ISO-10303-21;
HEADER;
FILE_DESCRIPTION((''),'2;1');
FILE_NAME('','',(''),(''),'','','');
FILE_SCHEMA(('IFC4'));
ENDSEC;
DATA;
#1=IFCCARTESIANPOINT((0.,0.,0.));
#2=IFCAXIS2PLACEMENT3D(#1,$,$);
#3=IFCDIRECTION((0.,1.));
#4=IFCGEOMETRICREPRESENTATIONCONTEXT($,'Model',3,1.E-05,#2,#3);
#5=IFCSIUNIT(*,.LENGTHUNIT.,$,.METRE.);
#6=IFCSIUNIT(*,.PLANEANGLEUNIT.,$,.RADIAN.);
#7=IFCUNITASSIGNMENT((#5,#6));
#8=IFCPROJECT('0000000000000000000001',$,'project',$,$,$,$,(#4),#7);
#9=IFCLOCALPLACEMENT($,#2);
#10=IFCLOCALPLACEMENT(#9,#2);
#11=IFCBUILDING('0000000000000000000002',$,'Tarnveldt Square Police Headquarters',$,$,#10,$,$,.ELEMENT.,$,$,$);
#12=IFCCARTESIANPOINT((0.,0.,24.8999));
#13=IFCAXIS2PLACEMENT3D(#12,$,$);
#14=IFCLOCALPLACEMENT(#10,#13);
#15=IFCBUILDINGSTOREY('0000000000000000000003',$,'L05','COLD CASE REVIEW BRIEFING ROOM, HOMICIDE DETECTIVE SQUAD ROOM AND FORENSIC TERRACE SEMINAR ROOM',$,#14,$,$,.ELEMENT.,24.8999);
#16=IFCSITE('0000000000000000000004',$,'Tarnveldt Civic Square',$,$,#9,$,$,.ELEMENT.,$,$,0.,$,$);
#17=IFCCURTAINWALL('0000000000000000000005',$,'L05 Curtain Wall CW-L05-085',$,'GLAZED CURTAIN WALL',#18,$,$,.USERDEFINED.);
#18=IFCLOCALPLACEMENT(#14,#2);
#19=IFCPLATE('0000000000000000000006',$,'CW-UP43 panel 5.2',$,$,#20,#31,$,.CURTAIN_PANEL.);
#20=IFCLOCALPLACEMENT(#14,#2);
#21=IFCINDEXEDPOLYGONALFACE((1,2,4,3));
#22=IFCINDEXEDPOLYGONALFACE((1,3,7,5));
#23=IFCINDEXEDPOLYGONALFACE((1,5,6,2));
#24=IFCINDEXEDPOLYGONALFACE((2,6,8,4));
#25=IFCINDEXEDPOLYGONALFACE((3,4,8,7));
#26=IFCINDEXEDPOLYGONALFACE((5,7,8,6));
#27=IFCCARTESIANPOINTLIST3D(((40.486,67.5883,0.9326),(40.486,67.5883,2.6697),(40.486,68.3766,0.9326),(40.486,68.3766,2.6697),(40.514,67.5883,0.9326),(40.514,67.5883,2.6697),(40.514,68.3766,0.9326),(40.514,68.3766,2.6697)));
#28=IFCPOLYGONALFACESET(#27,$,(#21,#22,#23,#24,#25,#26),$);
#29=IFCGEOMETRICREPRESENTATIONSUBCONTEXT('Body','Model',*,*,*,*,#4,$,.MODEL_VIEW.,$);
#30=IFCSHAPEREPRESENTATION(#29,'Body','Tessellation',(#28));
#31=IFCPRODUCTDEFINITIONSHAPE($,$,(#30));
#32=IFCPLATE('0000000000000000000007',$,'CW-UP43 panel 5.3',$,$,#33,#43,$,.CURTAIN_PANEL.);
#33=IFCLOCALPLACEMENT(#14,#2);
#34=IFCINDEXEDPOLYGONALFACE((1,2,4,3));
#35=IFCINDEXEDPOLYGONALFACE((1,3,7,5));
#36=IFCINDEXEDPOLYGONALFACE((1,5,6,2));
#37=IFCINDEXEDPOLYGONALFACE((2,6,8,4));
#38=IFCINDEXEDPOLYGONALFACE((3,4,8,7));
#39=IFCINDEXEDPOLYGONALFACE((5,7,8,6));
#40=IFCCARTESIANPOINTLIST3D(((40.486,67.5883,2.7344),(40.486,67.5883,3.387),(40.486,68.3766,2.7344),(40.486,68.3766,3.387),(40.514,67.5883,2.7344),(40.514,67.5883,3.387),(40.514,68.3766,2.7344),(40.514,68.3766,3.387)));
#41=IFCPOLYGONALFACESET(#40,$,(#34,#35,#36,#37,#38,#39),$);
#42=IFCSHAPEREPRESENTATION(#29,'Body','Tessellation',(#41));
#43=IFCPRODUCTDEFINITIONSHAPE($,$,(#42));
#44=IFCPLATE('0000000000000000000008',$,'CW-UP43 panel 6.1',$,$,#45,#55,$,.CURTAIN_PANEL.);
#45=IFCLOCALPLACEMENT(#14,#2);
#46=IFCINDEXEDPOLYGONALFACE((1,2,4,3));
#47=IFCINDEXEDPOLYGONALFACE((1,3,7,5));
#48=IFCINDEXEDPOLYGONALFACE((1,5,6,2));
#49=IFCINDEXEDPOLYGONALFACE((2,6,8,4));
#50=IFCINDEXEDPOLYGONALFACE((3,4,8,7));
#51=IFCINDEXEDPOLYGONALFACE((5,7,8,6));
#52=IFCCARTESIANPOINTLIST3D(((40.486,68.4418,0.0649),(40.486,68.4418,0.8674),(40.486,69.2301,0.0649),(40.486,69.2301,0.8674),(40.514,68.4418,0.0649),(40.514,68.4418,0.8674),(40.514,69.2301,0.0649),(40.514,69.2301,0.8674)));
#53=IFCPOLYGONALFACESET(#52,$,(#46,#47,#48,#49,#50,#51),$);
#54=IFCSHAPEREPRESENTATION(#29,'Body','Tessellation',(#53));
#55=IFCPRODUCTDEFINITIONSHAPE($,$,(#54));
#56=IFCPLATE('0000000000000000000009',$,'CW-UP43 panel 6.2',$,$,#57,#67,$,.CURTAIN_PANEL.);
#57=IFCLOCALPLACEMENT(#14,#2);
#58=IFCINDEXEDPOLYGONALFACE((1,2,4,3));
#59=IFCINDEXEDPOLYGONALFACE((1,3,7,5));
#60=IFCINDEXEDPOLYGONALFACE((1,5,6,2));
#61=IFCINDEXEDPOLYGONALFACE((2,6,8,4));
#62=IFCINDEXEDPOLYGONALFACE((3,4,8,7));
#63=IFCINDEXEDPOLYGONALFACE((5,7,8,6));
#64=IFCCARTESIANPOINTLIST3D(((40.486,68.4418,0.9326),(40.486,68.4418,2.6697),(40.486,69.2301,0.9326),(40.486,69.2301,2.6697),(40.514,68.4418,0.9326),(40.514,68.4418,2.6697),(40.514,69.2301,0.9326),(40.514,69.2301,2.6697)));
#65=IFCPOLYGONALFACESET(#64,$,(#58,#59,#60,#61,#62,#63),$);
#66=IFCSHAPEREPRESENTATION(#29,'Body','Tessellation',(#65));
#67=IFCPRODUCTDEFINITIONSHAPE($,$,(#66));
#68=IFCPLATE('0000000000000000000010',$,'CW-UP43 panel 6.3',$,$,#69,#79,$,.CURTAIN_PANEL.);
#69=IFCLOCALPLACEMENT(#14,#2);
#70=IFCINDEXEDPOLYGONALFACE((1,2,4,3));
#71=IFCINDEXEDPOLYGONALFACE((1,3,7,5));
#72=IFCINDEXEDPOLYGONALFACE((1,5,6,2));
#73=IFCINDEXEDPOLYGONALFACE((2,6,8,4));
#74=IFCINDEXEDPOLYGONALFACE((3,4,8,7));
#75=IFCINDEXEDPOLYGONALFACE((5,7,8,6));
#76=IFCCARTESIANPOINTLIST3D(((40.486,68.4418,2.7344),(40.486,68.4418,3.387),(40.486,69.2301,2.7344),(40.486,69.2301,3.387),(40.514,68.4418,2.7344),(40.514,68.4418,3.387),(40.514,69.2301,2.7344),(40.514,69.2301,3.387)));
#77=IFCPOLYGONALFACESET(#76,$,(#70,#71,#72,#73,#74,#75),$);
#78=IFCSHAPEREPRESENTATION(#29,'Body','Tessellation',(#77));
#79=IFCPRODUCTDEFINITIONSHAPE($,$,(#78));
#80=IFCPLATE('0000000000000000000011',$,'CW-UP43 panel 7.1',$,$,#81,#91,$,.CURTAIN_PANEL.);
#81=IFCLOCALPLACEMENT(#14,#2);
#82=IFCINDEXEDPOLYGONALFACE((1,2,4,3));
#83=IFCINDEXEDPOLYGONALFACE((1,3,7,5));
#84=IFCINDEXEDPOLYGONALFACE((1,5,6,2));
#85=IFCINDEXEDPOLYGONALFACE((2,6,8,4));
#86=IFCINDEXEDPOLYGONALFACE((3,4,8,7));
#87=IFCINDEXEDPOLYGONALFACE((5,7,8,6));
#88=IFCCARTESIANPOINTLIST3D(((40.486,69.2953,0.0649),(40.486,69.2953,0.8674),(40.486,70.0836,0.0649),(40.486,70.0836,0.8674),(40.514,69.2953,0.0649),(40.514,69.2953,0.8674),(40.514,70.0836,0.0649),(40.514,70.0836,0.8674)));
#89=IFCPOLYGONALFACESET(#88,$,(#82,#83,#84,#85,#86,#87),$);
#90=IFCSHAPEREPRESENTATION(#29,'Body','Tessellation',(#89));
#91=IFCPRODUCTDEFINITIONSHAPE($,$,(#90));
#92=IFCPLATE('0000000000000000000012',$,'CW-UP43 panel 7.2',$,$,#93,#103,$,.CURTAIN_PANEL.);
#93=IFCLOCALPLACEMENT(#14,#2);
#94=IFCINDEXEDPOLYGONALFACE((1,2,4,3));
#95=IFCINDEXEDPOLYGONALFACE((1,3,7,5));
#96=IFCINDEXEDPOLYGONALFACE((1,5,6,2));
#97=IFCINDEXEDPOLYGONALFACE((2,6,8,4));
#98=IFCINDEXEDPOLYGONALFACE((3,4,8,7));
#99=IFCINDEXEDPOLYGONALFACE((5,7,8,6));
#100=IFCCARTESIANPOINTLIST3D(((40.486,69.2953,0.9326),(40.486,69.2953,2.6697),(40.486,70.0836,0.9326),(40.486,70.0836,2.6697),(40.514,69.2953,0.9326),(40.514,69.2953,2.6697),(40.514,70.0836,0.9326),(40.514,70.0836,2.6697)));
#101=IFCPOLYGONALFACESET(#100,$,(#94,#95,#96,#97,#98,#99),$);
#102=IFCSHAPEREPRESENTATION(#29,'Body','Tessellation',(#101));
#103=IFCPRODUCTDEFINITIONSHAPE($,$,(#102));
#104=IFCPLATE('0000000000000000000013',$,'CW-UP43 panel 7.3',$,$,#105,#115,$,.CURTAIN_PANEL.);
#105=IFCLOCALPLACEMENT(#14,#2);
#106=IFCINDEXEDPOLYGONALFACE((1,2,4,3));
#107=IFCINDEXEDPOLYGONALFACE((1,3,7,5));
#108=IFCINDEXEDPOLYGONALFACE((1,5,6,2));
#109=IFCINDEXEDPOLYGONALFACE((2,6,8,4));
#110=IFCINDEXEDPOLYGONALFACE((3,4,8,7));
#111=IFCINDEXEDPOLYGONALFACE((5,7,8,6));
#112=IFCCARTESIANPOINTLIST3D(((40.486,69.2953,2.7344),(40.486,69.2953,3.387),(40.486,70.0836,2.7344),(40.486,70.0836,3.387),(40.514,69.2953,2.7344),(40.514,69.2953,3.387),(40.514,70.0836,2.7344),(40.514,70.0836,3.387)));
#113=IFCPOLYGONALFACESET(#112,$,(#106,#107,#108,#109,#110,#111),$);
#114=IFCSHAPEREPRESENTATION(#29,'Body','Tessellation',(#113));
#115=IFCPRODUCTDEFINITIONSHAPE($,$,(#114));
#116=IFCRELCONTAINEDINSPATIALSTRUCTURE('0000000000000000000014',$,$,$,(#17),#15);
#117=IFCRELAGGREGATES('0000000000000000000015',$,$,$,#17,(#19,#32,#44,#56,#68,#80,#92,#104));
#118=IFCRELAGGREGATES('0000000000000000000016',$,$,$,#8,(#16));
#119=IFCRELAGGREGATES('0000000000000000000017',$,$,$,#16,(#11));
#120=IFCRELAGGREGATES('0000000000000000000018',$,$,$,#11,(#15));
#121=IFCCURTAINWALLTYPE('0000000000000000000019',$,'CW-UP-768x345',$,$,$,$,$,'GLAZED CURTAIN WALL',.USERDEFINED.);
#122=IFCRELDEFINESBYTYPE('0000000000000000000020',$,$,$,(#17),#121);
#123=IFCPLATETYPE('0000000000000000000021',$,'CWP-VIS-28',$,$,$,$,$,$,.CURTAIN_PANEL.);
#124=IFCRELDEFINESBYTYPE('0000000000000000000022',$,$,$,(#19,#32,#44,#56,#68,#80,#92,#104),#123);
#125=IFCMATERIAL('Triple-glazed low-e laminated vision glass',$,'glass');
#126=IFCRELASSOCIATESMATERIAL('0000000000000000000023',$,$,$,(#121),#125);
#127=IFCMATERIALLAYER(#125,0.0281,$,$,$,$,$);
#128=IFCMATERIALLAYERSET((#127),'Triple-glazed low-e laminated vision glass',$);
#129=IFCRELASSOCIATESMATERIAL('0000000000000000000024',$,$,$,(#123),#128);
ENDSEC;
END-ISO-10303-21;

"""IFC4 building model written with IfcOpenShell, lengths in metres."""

from ifc_helpers import new_model, si_unit, direction, frame, origin, origin_2d, place, context, subcontext, project, spatial, rectangle, extrude, material, layer, layer_set, type_object, element, aggregate, save


model = new_model("IFC4")

# Units and contexts
model_context = context("Model", 3, precision=1e-05, world=origin(), true_north=direction((0.0, 1.0)))
body_context = subcontext(model_context, "Body", "Model", "MODEL_VIEW")
ifc_project = project(units=[si_unit("LENGTHUNIT", "METRE"), si_unit("PLANEANGLEUNIT", "RADIAN")], contexts=[model_context])

# Site, building, storey
site_placement = place(None, origin())
site = spatial("IfcSite", under=ifc_project, at=site_placement, Name="Tarnveldt Civic Square", CompositionType="ELEMENT", RefElevation=0.0)
building_placement = place(site_placement, origin())
building = spatial("IfcBuilding", under=site, at=building_placement, Name="Tarnveldt Square Police Headquarters", CompositionType="ELEMENT")
storey_placement = place(building_placement, frame((0.0, 0.0, 24.8999)))
storey = spatial("IfcBuildingStorey", under=building, at=storey_placement, Name="L05", Description="COLD CASE REVIEW BRIEFING ROOM, HOMICIDE DETECTIVE SQUAD ROOM AND FORENSIC TERRACE SEMINAR ROOM", CompositionType="ELEMENT", Elevation=24.8999)

# Curtain wall, plates
ifc_material_1 = material(Name="Triple-glazed low-e laminated vision glass", Category="glass")
curtain_wall_type = type_object("IfcCurtainWallType", Name="CW-UP-768x345", ElementType="GLAZED CURTAIN WALL", PredefinedType="USERDEFINED", material=ifc_material_1)
curtain_wall_placement = place(storey_placement, origin())
curtain_wall = element("IfcCurtainWall", 1, at=curtain_wall_placement, inside=storey, type_object=curtain_wall_type, Name="L05 Curtain Wall CW-L05-085", ObjectType="GLAZED CURTAIN WALL", PredefinedType="USERDEFINED")
ifc_layer = layer(ifc_material_1, 0.0281)
ifc_layer_set = layer_set([ifc_layer], Name="Triple-glazed low-e laminated vision glass")
plate_type = type_object("IfcPlateType", Name="CWP-VIS-28", PredefinedType="CURTAIN_PANEL", material=ifc_layer_set)
plate_1_placement = place(storey_placement, frame((40.5, 67.9824, 0.9326), z_axis=(0.0, 0.0, 1.0), x_axis=(0.0, 1.0, 0.0)))
plate_1 = element("IfcPlate", 2, at=plate_1_placement, type_object=plate_type, Name="CW-UP43 panel 5.2", PredefinedType="CURTAIN_PANEL", context=body_context, shape_type="SweptSolid", body=[
    extrude(rectangle(XDim=0.7883, YDim=0.0281, at=origin_2d()), origin(), (0.0, 0.0, 1.0), 1.7371),
])
plate_2_placement = place(storey_placement, frame((40.5, 67.9824, 2.7344), z_axis=(0.0, 0.0, 1.0), x_axis=(0.0, 1.0, 0.0)))
plate_2 = element("IfcPlate", 3, at=plate_2_placement, type_object=plate_type, Name="CW-UP43 panel 5.3", PredefinedType="CURTAIN_PANEL", context=body_context, shape_type="SweptSolid", body=[
    extrude(rectangle(XDim=0.7883, YDim=0.0281, at=origin_2d()), origin(), (0.0, 0.0, 1.0), 0.6526),
])
plate_3_placement = place(storey_placement, frame((40.5, 68.8359, 0.0649), z_axis=(0.0, 0.0, 1.0), x_axis=(0.0, 1.0, 0.0)))
plate_3 = element("IfcPlate", 4, at=plate_3_placement, type_object=plate_type, Name="CW-UP43 panel 6.1", PredefinedType="CURTAIN_PANEL", context=body_context, shape_type="SweptSolid", body=[
    extrude(rectangle(XDim=0.7883, YDim=0.0281, at=origin_2d()), origin(), (0.0, 0.0, 1.0), 0.8025),
])
plate_4_placement = place(storey_placement, frame((40.5, 68.8359, 0.9326), z_axis=(0.0, 0.0, 1.0), x_axis=(0.0, 1.0, 0.0)))
plate_4 = element("IfcPlate", 5, at=plate_4_placement, type_object=plate_type, Name="CW-UP43 panel 6.2", PredefinedType="CURTAIN_PANEL", context=body_context, shape_type="SweptSolid", body=[
    extrude(rectangle(XDim=0.7883, YDim=0.0281, at=origin_2d()), origin(), (0.0, 0.0, 1.0), 1.7371),
])
plate_5_placement = place(storey_placement, frame((40.5, 68.8359, 2.7344), z_axis=(0.0, 0.0, 1.0), x_axis=(0.0, 1.0, 0.0)))
plate_5 = element("IfcPlate", 6, at=plate_5_placement, type_object=plate_type, Name="CW-UP43 panel 6.3", PredefinedType="CURTAIN_PANEL", context=body_context, shape_type="SweptSolid", body=[
    extrude(rectangle(XDim=0.7883, YDim=0.0281, at=origin_2d()), origin(), (0.0, 0.0, 1.0), 0.6526),
])
plate_6_placement = place(storey_placement, frame((40.5, 69.6895, 0.0649), z_axis=(0.0, 0.0, 1.0), x_axis=(0.0, 1.0, 0.0)))
plate_6 = element("IfcPlate", 7, at=plate_6_placement, type_object=plate_type, Name="CW-UP43 panel 7.1", PredefinedType="CURTAIN_PANEL", context=body_context, shape_type="SweptSolid", body=[
    extrude(rectangle(XDim=0.7883, YDim=0.0281, at=origin_2d()), origin(), (0.0, 0.0, 1.0), 0.8025),
])
plate_7_placement = place(storey_placement, frame((40.5, 69.6895, 0.9326), z_axis=(0.0, 0.0, 1.0), x_axis=(0.0, 1.0, 0.0)))
plate_7 = element("IfcPlate", 8, at=plate_7_placement, type_object=plate_type, Name="CW-UP43 panel 7.2", PredefinedType="CURTAIN_PANEL", context=body_context, shape_type="SweptSolid", body=[
    extrude(rectangle(XDim=0.7883, YDim=0.0281, at=origin_2d()), origin(), (0.0, 0.0, 1.0), 1.7371),
])
plate_8_placement = place(storey_placement, frame((40.5, 69.6895, 2.7344), z_axis=(0.0, 0.0, 1.0), x_axis=(0.0, 1.0, 0.0)))
plate_8 = element("IfcPlate", 9, at=plate_8_placement, type_object=plate_type, Name="CW-UP43 panel 7.3", PredefinedType="CURTAIN_PANEL", context=body_context, shape_type="SweptSolid", body=[
    extrude(rectangle(XDim=0.7883, YDim=0.0281, at=origin_2d()), origin(), (0.0, 0.0, 1.0), 0.6526),
])
aggregate(curtain_wall, [plate_1, plate_2, plate_3, plate_4, plate_5, plate_6, plate_7, plate_8])

save(model, "model.ifc")
